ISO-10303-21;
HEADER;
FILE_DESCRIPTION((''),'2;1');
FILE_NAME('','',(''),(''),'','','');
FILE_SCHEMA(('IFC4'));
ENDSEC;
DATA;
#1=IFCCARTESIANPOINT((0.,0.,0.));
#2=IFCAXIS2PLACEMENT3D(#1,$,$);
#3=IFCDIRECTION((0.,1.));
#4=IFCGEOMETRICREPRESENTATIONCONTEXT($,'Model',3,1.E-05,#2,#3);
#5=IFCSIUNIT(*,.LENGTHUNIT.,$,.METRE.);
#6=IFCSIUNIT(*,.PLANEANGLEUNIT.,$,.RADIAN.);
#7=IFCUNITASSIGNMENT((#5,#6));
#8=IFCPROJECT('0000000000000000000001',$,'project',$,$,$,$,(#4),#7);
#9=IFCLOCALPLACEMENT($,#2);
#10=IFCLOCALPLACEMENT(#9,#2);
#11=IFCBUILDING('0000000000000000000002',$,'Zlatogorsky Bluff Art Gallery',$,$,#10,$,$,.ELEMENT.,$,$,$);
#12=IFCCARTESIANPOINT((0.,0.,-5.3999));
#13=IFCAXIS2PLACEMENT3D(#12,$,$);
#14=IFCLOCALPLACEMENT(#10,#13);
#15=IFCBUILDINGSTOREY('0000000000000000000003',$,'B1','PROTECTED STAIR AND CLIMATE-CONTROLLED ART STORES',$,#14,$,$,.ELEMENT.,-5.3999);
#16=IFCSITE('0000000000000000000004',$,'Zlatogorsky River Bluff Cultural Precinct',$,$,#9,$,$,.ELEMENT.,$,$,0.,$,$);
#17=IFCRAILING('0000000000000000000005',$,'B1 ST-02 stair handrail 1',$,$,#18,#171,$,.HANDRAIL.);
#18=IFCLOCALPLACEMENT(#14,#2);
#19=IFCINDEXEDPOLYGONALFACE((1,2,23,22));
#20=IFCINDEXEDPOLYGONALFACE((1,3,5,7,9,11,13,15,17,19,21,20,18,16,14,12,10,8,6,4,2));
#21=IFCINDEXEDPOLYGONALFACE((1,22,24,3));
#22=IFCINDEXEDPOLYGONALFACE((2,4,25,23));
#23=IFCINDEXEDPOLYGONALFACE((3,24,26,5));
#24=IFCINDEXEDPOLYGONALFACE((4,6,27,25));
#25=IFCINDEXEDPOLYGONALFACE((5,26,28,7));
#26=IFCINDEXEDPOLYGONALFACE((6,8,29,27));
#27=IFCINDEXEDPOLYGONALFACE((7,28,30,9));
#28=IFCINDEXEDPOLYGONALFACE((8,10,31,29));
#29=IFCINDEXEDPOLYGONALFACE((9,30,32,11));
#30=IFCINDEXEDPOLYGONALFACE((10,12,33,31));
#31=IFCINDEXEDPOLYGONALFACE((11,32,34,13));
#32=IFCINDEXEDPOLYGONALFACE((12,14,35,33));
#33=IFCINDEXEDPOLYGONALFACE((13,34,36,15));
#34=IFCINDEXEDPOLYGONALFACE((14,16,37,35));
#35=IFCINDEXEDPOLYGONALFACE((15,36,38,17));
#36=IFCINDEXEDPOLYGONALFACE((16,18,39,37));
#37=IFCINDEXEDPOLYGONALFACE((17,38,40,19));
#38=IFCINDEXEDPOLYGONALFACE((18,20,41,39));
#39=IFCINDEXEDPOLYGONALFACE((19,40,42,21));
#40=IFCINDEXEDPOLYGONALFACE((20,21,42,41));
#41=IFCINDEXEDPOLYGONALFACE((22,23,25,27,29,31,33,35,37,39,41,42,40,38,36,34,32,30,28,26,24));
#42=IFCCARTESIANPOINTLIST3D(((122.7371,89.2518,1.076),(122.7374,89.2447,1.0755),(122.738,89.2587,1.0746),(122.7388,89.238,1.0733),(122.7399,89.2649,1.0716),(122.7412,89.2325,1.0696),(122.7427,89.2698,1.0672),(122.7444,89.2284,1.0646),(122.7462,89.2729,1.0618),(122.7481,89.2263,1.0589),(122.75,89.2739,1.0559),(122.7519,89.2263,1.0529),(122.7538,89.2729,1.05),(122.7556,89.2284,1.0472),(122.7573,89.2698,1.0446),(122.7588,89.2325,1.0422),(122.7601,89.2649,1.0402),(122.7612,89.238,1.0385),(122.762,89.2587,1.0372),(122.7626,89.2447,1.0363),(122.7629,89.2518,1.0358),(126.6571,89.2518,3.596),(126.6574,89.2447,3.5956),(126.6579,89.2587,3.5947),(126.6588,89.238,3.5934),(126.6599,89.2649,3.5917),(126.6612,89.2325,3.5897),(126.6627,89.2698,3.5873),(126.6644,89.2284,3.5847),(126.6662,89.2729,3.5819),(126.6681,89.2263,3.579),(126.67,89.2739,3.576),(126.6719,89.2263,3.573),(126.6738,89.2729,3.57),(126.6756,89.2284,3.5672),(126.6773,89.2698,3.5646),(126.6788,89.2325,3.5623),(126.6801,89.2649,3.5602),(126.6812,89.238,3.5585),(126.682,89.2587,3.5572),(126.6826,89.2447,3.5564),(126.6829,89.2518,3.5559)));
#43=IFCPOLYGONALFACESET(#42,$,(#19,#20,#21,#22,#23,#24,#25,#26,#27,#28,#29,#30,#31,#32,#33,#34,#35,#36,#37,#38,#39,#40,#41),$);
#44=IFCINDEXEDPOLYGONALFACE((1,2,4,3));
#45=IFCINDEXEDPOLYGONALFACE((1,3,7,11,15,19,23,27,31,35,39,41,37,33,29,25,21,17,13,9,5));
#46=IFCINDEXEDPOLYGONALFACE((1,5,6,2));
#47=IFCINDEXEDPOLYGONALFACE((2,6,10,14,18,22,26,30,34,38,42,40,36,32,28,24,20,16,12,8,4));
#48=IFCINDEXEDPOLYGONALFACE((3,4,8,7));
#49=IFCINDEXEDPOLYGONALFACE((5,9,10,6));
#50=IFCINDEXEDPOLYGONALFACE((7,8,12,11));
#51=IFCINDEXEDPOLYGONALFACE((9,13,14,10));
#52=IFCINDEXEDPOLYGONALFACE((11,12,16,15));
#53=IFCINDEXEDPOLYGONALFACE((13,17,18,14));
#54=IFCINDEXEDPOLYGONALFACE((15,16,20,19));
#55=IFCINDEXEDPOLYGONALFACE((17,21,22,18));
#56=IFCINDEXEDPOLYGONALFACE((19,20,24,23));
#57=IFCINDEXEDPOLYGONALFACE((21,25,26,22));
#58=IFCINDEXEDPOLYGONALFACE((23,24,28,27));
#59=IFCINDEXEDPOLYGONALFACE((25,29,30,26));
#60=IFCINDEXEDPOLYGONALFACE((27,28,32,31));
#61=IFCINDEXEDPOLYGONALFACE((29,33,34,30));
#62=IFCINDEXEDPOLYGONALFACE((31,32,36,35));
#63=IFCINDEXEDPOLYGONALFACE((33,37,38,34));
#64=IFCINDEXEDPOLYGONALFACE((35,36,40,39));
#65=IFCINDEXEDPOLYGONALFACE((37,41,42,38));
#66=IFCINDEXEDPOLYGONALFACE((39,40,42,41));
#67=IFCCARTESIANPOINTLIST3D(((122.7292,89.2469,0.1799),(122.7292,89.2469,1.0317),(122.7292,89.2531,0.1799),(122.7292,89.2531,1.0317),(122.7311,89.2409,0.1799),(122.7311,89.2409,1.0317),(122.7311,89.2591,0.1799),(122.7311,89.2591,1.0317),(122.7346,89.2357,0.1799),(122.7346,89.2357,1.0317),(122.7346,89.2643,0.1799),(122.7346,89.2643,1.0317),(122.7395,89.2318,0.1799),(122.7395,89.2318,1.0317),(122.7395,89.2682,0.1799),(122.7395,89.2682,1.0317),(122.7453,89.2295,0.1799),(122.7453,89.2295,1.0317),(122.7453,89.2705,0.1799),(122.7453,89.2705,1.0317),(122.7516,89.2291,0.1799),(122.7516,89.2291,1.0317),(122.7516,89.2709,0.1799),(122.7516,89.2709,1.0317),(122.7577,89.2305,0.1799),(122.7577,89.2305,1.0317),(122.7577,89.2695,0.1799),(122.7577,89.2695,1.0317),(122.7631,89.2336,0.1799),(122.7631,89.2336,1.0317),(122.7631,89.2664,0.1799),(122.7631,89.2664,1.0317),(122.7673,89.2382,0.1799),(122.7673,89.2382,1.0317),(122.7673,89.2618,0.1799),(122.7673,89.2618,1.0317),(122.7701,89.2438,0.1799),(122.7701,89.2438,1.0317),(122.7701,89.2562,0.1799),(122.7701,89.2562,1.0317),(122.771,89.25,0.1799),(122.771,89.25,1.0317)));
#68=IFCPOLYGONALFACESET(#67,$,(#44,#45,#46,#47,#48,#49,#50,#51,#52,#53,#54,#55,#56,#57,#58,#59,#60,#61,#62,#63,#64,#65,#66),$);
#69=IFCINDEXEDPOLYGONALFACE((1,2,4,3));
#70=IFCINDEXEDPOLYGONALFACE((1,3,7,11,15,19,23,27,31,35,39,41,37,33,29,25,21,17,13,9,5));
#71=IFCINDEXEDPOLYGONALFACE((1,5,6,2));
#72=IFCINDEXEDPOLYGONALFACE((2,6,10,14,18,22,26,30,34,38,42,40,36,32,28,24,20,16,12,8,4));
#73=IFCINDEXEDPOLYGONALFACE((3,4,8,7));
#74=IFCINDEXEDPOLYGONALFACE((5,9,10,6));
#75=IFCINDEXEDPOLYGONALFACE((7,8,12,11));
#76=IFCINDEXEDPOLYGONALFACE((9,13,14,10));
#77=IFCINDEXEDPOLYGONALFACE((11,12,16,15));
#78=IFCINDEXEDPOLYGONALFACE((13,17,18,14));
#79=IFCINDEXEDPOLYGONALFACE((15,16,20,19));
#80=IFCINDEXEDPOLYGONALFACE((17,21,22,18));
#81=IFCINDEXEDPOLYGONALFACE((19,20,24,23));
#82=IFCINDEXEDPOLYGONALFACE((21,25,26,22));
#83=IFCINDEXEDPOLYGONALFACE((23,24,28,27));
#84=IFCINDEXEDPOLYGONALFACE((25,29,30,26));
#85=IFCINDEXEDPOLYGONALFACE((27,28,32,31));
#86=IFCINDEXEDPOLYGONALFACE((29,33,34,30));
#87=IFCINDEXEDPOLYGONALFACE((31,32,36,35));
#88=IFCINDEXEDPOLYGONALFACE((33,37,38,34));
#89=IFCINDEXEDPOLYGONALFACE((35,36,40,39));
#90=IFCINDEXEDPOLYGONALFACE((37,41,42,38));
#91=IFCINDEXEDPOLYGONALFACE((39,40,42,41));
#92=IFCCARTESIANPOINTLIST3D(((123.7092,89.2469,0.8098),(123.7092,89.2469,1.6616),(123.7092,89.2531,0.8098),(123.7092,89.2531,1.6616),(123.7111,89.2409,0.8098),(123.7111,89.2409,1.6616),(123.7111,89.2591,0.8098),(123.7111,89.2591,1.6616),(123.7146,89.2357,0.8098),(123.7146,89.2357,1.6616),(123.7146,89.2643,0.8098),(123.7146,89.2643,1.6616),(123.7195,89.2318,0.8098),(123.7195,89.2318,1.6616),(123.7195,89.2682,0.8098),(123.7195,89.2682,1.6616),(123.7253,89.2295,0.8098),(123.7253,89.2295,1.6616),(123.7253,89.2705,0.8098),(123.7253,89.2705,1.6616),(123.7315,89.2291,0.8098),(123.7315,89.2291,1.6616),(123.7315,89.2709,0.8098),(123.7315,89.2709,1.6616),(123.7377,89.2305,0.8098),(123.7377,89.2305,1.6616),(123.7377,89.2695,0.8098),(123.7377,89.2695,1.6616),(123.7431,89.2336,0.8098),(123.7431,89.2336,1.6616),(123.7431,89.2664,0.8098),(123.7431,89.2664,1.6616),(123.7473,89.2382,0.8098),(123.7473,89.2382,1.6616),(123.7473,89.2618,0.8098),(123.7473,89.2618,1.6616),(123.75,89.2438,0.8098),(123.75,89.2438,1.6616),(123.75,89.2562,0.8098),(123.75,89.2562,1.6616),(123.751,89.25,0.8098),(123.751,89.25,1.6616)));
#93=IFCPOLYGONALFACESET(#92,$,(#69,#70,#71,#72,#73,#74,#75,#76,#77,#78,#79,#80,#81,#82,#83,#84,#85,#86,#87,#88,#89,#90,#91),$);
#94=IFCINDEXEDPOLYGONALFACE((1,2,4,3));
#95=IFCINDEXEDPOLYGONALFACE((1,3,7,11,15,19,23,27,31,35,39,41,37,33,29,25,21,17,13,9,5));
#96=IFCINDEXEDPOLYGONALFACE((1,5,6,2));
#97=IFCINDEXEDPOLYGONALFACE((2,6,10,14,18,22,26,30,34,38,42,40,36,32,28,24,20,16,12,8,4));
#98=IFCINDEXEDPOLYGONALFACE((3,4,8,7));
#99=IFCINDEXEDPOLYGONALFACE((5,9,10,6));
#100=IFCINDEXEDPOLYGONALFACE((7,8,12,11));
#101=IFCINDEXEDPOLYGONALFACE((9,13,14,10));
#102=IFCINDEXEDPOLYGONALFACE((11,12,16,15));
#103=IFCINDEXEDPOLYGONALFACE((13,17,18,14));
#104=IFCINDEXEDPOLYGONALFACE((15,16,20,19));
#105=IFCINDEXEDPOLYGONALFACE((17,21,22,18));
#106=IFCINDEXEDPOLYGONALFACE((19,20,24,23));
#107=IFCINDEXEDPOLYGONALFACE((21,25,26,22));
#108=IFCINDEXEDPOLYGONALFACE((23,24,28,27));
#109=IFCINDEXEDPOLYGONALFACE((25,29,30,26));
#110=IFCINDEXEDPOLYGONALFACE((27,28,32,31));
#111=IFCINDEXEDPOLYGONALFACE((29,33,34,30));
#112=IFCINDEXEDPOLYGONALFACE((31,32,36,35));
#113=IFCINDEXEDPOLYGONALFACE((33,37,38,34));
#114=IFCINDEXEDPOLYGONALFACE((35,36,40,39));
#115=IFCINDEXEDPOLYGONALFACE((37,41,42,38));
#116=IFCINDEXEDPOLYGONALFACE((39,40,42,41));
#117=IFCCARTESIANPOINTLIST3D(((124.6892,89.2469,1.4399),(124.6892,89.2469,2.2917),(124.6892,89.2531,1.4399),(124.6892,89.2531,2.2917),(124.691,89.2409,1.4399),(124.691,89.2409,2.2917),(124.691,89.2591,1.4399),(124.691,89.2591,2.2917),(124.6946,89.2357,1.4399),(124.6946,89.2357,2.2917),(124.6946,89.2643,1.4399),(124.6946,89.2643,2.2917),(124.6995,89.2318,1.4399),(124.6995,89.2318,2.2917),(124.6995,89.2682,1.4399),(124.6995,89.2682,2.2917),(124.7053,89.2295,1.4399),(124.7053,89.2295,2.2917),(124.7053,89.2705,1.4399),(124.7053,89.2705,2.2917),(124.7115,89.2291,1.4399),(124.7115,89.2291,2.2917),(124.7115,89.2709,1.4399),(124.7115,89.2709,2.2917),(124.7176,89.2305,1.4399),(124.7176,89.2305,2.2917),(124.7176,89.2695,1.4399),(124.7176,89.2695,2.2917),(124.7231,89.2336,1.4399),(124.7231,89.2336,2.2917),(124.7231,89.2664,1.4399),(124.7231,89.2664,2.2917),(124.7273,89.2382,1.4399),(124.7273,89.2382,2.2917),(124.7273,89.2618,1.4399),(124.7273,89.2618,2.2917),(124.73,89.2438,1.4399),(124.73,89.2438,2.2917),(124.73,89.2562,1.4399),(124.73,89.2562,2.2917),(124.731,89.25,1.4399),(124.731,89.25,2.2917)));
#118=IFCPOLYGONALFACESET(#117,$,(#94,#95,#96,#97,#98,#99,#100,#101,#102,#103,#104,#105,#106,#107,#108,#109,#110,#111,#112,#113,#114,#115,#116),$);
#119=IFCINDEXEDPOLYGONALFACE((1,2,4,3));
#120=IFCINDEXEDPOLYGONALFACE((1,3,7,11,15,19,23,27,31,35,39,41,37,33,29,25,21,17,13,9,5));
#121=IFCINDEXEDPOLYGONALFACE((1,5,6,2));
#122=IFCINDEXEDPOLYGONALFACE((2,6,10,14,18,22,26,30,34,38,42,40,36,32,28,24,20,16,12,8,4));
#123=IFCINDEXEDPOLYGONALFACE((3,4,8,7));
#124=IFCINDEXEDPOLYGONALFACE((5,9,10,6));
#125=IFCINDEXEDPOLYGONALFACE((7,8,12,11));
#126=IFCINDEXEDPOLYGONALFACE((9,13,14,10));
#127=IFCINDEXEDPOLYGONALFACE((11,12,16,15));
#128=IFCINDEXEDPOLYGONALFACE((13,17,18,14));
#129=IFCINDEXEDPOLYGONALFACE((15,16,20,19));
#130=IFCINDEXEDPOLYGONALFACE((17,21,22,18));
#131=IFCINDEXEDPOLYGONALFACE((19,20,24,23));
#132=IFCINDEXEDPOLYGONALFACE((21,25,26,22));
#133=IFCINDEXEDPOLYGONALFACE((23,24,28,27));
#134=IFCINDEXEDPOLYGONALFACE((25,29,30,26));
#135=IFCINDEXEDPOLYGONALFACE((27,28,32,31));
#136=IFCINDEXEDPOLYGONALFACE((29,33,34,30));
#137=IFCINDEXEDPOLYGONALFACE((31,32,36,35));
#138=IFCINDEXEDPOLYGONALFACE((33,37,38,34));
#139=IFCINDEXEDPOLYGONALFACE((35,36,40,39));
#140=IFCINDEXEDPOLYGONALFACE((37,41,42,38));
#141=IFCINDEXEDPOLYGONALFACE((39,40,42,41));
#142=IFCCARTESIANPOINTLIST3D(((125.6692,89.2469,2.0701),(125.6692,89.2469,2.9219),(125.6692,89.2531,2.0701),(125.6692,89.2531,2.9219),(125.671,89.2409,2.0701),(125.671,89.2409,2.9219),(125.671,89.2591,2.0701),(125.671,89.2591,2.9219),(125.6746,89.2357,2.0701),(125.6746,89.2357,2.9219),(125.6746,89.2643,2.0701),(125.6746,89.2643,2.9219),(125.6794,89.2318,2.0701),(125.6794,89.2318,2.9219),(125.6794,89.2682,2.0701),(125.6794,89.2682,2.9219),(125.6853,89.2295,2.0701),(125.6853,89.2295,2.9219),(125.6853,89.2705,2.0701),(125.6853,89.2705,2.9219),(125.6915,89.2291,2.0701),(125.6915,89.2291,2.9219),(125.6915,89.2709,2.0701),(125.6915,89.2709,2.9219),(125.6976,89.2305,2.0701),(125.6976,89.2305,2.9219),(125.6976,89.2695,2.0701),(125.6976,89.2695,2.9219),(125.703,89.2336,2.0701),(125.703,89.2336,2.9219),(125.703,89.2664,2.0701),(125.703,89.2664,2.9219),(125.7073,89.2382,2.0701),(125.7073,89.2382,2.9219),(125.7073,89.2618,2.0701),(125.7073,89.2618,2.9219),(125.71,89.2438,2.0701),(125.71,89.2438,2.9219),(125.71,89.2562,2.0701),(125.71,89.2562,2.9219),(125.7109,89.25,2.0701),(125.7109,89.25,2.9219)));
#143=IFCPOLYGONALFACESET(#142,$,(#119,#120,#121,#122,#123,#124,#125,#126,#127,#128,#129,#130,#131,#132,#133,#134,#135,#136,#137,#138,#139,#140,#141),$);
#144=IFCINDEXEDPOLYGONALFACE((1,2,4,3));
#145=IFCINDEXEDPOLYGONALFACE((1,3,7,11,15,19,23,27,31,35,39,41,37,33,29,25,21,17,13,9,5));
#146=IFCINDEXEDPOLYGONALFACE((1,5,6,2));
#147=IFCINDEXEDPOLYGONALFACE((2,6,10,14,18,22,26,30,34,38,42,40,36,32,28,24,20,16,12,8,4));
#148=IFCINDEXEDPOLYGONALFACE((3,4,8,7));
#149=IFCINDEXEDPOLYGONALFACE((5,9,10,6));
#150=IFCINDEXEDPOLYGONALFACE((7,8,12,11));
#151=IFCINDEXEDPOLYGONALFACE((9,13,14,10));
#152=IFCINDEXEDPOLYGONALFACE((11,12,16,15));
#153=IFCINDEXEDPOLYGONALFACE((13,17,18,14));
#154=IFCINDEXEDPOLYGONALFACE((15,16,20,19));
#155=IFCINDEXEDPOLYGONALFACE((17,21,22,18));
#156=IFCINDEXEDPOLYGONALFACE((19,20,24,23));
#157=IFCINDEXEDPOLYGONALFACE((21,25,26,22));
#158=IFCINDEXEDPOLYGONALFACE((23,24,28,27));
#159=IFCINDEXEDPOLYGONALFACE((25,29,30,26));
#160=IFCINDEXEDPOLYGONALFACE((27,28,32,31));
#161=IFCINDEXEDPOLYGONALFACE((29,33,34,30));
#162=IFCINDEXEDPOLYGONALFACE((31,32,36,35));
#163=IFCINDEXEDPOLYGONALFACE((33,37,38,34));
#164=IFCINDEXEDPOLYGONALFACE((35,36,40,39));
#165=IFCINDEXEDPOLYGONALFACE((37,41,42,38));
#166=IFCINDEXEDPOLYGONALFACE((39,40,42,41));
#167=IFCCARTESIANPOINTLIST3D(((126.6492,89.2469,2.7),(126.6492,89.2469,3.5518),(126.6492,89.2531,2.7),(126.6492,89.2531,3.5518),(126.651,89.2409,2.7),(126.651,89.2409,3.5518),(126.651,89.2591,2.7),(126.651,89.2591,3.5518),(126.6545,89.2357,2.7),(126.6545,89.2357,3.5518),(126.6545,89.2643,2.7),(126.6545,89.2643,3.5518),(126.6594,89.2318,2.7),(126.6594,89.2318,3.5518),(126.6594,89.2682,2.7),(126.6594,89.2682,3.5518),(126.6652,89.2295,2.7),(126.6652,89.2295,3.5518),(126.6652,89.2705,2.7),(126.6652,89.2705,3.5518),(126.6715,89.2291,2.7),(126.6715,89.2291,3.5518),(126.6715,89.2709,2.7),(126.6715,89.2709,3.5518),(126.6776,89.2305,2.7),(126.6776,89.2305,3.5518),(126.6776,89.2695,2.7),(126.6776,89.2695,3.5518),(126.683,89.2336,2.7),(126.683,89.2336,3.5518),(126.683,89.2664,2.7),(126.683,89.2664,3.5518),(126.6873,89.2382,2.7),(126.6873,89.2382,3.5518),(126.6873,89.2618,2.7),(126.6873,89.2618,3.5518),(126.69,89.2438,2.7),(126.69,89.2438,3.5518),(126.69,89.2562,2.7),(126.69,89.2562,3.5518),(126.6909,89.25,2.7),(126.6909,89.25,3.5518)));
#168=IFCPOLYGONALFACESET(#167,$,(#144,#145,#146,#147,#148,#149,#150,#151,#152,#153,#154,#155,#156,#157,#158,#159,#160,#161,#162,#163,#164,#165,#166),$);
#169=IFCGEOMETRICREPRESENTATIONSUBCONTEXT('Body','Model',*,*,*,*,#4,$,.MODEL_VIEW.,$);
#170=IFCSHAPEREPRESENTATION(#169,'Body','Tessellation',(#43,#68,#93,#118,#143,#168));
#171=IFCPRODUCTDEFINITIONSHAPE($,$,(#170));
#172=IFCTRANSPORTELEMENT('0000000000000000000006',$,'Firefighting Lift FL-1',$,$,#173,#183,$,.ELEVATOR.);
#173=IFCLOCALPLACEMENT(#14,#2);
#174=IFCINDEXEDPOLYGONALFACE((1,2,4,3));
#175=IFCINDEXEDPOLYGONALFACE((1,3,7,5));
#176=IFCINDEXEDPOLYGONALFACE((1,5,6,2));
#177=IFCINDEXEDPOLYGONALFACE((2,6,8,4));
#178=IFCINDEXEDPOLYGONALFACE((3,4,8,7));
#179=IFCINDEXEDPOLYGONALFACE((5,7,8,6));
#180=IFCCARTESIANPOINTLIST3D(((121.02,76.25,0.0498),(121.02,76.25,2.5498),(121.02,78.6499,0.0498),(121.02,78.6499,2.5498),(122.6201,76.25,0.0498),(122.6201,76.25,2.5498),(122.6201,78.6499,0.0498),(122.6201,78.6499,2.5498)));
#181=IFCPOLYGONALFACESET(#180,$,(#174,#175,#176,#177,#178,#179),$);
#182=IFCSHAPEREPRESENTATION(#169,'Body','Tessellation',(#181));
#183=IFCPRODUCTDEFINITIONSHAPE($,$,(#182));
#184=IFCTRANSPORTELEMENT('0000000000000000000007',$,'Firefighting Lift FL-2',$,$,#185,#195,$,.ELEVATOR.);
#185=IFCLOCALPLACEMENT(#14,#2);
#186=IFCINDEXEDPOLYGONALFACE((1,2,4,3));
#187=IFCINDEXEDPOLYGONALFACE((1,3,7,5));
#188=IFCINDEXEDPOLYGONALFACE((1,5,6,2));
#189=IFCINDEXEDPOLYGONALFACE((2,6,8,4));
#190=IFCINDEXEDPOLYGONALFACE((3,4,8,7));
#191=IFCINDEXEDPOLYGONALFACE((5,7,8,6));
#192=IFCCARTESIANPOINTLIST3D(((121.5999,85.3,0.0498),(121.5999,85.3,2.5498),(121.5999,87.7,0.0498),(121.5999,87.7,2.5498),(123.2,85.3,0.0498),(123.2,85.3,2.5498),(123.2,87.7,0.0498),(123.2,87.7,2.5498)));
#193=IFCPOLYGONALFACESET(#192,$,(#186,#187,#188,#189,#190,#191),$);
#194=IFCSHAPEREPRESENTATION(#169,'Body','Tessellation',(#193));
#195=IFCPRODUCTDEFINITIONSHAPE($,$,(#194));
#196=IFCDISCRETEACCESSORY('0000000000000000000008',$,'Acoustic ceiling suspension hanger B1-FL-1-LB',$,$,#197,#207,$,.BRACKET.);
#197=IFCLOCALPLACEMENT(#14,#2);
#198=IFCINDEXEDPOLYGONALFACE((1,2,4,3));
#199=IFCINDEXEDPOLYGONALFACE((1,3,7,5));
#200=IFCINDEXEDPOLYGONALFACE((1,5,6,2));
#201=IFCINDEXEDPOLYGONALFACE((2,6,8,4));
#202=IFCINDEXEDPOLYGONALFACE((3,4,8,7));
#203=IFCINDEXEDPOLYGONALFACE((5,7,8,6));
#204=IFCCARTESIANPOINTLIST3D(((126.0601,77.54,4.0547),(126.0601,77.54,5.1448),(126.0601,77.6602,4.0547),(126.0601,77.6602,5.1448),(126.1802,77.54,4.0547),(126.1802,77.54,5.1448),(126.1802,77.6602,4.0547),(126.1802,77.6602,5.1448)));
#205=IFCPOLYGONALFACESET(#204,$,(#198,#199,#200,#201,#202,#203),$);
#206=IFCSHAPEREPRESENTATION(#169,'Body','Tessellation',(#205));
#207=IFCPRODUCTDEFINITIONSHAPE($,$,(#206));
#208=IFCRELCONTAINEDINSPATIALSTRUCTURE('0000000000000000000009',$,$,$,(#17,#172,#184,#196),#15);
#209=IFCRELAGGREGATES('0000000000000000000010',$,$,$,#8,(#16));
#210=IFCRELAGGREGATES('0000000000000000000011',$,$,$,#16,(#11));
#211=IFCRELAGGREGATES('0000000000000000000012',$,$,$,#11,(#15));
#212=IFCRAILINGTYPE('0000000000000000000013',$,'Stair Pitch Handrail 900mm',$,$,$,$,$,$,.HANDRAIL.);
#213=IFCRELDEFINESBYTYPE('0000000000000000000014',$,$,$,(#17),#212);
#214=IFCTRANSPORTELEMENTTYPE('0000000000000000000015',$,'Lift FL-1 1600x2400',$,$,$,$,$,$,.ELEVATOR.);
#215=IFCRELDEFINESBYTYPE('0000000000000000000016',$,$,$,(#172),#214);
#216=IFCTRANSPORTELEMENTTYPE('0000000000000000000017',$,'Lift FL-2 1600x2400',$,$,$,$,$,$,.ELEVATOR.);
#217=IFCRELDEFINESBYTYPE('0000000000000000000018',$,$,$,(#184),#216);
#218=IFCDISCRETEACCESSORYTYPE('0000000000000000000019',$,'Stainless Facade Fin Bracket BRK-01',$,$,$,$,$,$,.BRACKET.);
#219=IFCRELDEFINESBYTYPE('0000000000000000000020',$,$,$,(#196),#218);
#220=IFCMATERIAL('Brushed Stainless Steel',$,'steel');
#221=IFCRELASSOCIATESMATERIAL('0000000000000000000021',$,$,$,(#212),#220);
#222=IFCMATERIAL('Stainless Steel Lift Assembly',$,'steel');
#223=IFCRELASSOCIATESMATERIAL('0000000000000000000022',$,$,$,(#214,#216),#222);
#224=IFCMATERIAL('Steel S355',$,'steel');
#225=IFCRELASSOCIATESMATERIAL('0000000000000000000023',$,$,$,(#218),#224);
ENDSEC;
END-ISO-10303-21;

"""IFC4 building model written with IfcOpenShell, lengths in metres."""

from ifc_helpers import new_model, si_unit, direction, frame, origin, origin_2d, place, context, subcontext, project, spatial, rectangle, circle, extrude, material, type_object, element, save


model = new_model("IFC4")

# Units and contexts
model_context = context("Model", 3, precision=1e-05, world=origin(), true_north=direction((0.0, 1.0)))
body_context = subcontext(model_context, "Body", "Model", "MODEL_VIEW")
ifc_project = project(units=[si_unit("LENGTHUNIT", "METRE"), si_unit("PLANEANGLEUNIT", "RADIAN")], contexts=[model_context])

# Site, building, storey
site_placement = place(None, origin())
site = spatial("IfcSite", under=ifc_project, at=site_placement, Name="Zlatogorsky River Bluff Cultural Precinct", CompositionType="ELEMENT", RefElevation=0.0)
building_placement = place(site_placement, origin())
building = spatial("IfcBuilding", under=site, at=building_placement, Name="Zlatogorsky Bluff Art Gallery", CompositionType="ELEMENT")
storey_placement = place(building_placement, frame((0.0, 0.0, -5.3999)))
storey = spatial("IfcBuildingStorey", under=building, at=storey_placement, Name="B1", Description="PROTECTED STAIR AND CLIMATE-CONTROLLED ART STORES", CompositionType="ELEMENT", Elevation=-5.3999)

# Shared definitions
ifc_material_1 = material(Name="Steel S355", Category="steel")

# Railing
ifc_material_2 = material(Name="Brushed Stainless Steel", Category="steel")
railing_type_1 = type_object("IfcRailingType", Name="Stair Pitch Handrail 900mm", PredefinedType="HANDRAIL", material=ifc_material_2)
railing_1_placement = place(storey_placement, frame((122.75, 89.25, 0.1799)))
element("IfcRailing", 1, at=railing_1_placement, inside=storey, type_object=railing_type_1, Name="B1 ST-02 stair handrail 1", PredefinedType="HANDRAIL", context=body_context, shape_type="SweptSolid", body=[
    extrude(circle(Radius=0.0239, at=origin_2d()), frame((0.0, 0.0, 0.876), z_axis=(0.841172, 0.0, 0.540768), x_axis=(0.0, 1.0, 0.0)), (0.0, 0.0, 1.0), 4.6602),
    extrude(circle(Radius=0.021, at=origin_2d()), origin(), (0.0, 0.0, 1.0), 0.8518),
    extrude(circle(Radius=0.021, at=origin_2d()), frame((0.98, 0.0, 0.6299)), (0.0, 0.0, 1.0), 0.8518),
    extrude(circle(Radius=0.021, at=origin_2d()), frame((1.96, 0.0, 1.26)), (0.0, 0.0, 1.0), 0.8518),
    extrude(circle(Radius=0.021, at=origin_2d()), frame((2.9399, 0.0, 1.8901)), (0.0, 0.0, 1.0), 0.8518),
    extrude(circle(Radius=0.021, at=origin_2d()), frame((3.9199, 0.0, 2.52)), (0.0, 0.0, 1.0), 0.8518),
])

# Transport elements
ifc_material_3 = material(Name="Stainless Steel Lift Assembly", Category="steel")
transport_element_type_1 = type_object("IfcTransportElementType", Name="Lift FL-1 1600x2400", PredefinedType="ELEVATOR", material=ifc_material_3)
transport_element_1_placement = place(storey_placement, frame((121.8201, 77.45, 0.0498), z_axis=(0.0, 0.0, 1.0), x_axis=(1.0, 0.0, 0.0)))
element("IfcTransportElement", 2, at=transport_element_1_placement, inside=storey, type_object=transport_element_type_1, Name="Firefighting Lift FL-1", PredefinedType="ELEVATOR", context=body_context, shape_type="SweptSolid", body=[
    extrude(rectangle(XDim=1.6001, YDim=2.3999, at=origin_2d()), origin(), (0.0, 0.0, 1.0), 2.5),
])
transport_element_type_2 = type_object("IfcTransportElementType", Name="Lift FL-2 1600x2400", PredefinedType="ELEVATOR", material=ifc_material_3)
transport_element_2_placement = place(storey_placement, frame((122.3999, 86.5, 0.0498), z_axis=(0.0, 0.0, 1.0), x_axis=(1.0, 0.0, 0.0)))
element("IfcTransportElement", 3, at=transport_element_2_placement, inside=storey, type_object=transport_element_type_2, Name="Firefighting Lift FL-2", PredefinedType="ELEVATOR", context=body_context, shape_type="SweptSolid", body=[
    extrude(rectangle(XDim=1.6001, YDim=2.3999, at=origin_2d()), origin(), (0.0, 0.0, 1.0), 2.5),
])

# Discrete accessory
discrete_accessory_type = type_object("IfcDiscreteAccessoryType", Name="Stainless Facade Fin Bracket BRK-01", PredefinedType="BRACKET", material=ifc_material_1)
for number, where, z_axis, x_axis, name in (
    (4, (126.1201, 77.6001, 4.0547), (0.0, 0.0, 1.0), (1.0, 0.0, 0.0), "Acoustic ceiling suspension hanger B1-FL-1-LB"),
):
    element("IfcDiscreteAccessory", number, at=place(storey_placement, frame(where, z_axis=z_axis, x_axis=x_axis)), inside=storey, type_object=discrete_accessory_type, Name=name, PredefinedType="BRACKET", context=body_context, shape_type="SweptSolid", body=[
        extrude(rectangle(XDim=0.1201, YDim=0.1201, at=origin_2d()), origin(), (0.0, 0.0, 1.0), 1.0901),
    ])

save(model, "model.ifc")
